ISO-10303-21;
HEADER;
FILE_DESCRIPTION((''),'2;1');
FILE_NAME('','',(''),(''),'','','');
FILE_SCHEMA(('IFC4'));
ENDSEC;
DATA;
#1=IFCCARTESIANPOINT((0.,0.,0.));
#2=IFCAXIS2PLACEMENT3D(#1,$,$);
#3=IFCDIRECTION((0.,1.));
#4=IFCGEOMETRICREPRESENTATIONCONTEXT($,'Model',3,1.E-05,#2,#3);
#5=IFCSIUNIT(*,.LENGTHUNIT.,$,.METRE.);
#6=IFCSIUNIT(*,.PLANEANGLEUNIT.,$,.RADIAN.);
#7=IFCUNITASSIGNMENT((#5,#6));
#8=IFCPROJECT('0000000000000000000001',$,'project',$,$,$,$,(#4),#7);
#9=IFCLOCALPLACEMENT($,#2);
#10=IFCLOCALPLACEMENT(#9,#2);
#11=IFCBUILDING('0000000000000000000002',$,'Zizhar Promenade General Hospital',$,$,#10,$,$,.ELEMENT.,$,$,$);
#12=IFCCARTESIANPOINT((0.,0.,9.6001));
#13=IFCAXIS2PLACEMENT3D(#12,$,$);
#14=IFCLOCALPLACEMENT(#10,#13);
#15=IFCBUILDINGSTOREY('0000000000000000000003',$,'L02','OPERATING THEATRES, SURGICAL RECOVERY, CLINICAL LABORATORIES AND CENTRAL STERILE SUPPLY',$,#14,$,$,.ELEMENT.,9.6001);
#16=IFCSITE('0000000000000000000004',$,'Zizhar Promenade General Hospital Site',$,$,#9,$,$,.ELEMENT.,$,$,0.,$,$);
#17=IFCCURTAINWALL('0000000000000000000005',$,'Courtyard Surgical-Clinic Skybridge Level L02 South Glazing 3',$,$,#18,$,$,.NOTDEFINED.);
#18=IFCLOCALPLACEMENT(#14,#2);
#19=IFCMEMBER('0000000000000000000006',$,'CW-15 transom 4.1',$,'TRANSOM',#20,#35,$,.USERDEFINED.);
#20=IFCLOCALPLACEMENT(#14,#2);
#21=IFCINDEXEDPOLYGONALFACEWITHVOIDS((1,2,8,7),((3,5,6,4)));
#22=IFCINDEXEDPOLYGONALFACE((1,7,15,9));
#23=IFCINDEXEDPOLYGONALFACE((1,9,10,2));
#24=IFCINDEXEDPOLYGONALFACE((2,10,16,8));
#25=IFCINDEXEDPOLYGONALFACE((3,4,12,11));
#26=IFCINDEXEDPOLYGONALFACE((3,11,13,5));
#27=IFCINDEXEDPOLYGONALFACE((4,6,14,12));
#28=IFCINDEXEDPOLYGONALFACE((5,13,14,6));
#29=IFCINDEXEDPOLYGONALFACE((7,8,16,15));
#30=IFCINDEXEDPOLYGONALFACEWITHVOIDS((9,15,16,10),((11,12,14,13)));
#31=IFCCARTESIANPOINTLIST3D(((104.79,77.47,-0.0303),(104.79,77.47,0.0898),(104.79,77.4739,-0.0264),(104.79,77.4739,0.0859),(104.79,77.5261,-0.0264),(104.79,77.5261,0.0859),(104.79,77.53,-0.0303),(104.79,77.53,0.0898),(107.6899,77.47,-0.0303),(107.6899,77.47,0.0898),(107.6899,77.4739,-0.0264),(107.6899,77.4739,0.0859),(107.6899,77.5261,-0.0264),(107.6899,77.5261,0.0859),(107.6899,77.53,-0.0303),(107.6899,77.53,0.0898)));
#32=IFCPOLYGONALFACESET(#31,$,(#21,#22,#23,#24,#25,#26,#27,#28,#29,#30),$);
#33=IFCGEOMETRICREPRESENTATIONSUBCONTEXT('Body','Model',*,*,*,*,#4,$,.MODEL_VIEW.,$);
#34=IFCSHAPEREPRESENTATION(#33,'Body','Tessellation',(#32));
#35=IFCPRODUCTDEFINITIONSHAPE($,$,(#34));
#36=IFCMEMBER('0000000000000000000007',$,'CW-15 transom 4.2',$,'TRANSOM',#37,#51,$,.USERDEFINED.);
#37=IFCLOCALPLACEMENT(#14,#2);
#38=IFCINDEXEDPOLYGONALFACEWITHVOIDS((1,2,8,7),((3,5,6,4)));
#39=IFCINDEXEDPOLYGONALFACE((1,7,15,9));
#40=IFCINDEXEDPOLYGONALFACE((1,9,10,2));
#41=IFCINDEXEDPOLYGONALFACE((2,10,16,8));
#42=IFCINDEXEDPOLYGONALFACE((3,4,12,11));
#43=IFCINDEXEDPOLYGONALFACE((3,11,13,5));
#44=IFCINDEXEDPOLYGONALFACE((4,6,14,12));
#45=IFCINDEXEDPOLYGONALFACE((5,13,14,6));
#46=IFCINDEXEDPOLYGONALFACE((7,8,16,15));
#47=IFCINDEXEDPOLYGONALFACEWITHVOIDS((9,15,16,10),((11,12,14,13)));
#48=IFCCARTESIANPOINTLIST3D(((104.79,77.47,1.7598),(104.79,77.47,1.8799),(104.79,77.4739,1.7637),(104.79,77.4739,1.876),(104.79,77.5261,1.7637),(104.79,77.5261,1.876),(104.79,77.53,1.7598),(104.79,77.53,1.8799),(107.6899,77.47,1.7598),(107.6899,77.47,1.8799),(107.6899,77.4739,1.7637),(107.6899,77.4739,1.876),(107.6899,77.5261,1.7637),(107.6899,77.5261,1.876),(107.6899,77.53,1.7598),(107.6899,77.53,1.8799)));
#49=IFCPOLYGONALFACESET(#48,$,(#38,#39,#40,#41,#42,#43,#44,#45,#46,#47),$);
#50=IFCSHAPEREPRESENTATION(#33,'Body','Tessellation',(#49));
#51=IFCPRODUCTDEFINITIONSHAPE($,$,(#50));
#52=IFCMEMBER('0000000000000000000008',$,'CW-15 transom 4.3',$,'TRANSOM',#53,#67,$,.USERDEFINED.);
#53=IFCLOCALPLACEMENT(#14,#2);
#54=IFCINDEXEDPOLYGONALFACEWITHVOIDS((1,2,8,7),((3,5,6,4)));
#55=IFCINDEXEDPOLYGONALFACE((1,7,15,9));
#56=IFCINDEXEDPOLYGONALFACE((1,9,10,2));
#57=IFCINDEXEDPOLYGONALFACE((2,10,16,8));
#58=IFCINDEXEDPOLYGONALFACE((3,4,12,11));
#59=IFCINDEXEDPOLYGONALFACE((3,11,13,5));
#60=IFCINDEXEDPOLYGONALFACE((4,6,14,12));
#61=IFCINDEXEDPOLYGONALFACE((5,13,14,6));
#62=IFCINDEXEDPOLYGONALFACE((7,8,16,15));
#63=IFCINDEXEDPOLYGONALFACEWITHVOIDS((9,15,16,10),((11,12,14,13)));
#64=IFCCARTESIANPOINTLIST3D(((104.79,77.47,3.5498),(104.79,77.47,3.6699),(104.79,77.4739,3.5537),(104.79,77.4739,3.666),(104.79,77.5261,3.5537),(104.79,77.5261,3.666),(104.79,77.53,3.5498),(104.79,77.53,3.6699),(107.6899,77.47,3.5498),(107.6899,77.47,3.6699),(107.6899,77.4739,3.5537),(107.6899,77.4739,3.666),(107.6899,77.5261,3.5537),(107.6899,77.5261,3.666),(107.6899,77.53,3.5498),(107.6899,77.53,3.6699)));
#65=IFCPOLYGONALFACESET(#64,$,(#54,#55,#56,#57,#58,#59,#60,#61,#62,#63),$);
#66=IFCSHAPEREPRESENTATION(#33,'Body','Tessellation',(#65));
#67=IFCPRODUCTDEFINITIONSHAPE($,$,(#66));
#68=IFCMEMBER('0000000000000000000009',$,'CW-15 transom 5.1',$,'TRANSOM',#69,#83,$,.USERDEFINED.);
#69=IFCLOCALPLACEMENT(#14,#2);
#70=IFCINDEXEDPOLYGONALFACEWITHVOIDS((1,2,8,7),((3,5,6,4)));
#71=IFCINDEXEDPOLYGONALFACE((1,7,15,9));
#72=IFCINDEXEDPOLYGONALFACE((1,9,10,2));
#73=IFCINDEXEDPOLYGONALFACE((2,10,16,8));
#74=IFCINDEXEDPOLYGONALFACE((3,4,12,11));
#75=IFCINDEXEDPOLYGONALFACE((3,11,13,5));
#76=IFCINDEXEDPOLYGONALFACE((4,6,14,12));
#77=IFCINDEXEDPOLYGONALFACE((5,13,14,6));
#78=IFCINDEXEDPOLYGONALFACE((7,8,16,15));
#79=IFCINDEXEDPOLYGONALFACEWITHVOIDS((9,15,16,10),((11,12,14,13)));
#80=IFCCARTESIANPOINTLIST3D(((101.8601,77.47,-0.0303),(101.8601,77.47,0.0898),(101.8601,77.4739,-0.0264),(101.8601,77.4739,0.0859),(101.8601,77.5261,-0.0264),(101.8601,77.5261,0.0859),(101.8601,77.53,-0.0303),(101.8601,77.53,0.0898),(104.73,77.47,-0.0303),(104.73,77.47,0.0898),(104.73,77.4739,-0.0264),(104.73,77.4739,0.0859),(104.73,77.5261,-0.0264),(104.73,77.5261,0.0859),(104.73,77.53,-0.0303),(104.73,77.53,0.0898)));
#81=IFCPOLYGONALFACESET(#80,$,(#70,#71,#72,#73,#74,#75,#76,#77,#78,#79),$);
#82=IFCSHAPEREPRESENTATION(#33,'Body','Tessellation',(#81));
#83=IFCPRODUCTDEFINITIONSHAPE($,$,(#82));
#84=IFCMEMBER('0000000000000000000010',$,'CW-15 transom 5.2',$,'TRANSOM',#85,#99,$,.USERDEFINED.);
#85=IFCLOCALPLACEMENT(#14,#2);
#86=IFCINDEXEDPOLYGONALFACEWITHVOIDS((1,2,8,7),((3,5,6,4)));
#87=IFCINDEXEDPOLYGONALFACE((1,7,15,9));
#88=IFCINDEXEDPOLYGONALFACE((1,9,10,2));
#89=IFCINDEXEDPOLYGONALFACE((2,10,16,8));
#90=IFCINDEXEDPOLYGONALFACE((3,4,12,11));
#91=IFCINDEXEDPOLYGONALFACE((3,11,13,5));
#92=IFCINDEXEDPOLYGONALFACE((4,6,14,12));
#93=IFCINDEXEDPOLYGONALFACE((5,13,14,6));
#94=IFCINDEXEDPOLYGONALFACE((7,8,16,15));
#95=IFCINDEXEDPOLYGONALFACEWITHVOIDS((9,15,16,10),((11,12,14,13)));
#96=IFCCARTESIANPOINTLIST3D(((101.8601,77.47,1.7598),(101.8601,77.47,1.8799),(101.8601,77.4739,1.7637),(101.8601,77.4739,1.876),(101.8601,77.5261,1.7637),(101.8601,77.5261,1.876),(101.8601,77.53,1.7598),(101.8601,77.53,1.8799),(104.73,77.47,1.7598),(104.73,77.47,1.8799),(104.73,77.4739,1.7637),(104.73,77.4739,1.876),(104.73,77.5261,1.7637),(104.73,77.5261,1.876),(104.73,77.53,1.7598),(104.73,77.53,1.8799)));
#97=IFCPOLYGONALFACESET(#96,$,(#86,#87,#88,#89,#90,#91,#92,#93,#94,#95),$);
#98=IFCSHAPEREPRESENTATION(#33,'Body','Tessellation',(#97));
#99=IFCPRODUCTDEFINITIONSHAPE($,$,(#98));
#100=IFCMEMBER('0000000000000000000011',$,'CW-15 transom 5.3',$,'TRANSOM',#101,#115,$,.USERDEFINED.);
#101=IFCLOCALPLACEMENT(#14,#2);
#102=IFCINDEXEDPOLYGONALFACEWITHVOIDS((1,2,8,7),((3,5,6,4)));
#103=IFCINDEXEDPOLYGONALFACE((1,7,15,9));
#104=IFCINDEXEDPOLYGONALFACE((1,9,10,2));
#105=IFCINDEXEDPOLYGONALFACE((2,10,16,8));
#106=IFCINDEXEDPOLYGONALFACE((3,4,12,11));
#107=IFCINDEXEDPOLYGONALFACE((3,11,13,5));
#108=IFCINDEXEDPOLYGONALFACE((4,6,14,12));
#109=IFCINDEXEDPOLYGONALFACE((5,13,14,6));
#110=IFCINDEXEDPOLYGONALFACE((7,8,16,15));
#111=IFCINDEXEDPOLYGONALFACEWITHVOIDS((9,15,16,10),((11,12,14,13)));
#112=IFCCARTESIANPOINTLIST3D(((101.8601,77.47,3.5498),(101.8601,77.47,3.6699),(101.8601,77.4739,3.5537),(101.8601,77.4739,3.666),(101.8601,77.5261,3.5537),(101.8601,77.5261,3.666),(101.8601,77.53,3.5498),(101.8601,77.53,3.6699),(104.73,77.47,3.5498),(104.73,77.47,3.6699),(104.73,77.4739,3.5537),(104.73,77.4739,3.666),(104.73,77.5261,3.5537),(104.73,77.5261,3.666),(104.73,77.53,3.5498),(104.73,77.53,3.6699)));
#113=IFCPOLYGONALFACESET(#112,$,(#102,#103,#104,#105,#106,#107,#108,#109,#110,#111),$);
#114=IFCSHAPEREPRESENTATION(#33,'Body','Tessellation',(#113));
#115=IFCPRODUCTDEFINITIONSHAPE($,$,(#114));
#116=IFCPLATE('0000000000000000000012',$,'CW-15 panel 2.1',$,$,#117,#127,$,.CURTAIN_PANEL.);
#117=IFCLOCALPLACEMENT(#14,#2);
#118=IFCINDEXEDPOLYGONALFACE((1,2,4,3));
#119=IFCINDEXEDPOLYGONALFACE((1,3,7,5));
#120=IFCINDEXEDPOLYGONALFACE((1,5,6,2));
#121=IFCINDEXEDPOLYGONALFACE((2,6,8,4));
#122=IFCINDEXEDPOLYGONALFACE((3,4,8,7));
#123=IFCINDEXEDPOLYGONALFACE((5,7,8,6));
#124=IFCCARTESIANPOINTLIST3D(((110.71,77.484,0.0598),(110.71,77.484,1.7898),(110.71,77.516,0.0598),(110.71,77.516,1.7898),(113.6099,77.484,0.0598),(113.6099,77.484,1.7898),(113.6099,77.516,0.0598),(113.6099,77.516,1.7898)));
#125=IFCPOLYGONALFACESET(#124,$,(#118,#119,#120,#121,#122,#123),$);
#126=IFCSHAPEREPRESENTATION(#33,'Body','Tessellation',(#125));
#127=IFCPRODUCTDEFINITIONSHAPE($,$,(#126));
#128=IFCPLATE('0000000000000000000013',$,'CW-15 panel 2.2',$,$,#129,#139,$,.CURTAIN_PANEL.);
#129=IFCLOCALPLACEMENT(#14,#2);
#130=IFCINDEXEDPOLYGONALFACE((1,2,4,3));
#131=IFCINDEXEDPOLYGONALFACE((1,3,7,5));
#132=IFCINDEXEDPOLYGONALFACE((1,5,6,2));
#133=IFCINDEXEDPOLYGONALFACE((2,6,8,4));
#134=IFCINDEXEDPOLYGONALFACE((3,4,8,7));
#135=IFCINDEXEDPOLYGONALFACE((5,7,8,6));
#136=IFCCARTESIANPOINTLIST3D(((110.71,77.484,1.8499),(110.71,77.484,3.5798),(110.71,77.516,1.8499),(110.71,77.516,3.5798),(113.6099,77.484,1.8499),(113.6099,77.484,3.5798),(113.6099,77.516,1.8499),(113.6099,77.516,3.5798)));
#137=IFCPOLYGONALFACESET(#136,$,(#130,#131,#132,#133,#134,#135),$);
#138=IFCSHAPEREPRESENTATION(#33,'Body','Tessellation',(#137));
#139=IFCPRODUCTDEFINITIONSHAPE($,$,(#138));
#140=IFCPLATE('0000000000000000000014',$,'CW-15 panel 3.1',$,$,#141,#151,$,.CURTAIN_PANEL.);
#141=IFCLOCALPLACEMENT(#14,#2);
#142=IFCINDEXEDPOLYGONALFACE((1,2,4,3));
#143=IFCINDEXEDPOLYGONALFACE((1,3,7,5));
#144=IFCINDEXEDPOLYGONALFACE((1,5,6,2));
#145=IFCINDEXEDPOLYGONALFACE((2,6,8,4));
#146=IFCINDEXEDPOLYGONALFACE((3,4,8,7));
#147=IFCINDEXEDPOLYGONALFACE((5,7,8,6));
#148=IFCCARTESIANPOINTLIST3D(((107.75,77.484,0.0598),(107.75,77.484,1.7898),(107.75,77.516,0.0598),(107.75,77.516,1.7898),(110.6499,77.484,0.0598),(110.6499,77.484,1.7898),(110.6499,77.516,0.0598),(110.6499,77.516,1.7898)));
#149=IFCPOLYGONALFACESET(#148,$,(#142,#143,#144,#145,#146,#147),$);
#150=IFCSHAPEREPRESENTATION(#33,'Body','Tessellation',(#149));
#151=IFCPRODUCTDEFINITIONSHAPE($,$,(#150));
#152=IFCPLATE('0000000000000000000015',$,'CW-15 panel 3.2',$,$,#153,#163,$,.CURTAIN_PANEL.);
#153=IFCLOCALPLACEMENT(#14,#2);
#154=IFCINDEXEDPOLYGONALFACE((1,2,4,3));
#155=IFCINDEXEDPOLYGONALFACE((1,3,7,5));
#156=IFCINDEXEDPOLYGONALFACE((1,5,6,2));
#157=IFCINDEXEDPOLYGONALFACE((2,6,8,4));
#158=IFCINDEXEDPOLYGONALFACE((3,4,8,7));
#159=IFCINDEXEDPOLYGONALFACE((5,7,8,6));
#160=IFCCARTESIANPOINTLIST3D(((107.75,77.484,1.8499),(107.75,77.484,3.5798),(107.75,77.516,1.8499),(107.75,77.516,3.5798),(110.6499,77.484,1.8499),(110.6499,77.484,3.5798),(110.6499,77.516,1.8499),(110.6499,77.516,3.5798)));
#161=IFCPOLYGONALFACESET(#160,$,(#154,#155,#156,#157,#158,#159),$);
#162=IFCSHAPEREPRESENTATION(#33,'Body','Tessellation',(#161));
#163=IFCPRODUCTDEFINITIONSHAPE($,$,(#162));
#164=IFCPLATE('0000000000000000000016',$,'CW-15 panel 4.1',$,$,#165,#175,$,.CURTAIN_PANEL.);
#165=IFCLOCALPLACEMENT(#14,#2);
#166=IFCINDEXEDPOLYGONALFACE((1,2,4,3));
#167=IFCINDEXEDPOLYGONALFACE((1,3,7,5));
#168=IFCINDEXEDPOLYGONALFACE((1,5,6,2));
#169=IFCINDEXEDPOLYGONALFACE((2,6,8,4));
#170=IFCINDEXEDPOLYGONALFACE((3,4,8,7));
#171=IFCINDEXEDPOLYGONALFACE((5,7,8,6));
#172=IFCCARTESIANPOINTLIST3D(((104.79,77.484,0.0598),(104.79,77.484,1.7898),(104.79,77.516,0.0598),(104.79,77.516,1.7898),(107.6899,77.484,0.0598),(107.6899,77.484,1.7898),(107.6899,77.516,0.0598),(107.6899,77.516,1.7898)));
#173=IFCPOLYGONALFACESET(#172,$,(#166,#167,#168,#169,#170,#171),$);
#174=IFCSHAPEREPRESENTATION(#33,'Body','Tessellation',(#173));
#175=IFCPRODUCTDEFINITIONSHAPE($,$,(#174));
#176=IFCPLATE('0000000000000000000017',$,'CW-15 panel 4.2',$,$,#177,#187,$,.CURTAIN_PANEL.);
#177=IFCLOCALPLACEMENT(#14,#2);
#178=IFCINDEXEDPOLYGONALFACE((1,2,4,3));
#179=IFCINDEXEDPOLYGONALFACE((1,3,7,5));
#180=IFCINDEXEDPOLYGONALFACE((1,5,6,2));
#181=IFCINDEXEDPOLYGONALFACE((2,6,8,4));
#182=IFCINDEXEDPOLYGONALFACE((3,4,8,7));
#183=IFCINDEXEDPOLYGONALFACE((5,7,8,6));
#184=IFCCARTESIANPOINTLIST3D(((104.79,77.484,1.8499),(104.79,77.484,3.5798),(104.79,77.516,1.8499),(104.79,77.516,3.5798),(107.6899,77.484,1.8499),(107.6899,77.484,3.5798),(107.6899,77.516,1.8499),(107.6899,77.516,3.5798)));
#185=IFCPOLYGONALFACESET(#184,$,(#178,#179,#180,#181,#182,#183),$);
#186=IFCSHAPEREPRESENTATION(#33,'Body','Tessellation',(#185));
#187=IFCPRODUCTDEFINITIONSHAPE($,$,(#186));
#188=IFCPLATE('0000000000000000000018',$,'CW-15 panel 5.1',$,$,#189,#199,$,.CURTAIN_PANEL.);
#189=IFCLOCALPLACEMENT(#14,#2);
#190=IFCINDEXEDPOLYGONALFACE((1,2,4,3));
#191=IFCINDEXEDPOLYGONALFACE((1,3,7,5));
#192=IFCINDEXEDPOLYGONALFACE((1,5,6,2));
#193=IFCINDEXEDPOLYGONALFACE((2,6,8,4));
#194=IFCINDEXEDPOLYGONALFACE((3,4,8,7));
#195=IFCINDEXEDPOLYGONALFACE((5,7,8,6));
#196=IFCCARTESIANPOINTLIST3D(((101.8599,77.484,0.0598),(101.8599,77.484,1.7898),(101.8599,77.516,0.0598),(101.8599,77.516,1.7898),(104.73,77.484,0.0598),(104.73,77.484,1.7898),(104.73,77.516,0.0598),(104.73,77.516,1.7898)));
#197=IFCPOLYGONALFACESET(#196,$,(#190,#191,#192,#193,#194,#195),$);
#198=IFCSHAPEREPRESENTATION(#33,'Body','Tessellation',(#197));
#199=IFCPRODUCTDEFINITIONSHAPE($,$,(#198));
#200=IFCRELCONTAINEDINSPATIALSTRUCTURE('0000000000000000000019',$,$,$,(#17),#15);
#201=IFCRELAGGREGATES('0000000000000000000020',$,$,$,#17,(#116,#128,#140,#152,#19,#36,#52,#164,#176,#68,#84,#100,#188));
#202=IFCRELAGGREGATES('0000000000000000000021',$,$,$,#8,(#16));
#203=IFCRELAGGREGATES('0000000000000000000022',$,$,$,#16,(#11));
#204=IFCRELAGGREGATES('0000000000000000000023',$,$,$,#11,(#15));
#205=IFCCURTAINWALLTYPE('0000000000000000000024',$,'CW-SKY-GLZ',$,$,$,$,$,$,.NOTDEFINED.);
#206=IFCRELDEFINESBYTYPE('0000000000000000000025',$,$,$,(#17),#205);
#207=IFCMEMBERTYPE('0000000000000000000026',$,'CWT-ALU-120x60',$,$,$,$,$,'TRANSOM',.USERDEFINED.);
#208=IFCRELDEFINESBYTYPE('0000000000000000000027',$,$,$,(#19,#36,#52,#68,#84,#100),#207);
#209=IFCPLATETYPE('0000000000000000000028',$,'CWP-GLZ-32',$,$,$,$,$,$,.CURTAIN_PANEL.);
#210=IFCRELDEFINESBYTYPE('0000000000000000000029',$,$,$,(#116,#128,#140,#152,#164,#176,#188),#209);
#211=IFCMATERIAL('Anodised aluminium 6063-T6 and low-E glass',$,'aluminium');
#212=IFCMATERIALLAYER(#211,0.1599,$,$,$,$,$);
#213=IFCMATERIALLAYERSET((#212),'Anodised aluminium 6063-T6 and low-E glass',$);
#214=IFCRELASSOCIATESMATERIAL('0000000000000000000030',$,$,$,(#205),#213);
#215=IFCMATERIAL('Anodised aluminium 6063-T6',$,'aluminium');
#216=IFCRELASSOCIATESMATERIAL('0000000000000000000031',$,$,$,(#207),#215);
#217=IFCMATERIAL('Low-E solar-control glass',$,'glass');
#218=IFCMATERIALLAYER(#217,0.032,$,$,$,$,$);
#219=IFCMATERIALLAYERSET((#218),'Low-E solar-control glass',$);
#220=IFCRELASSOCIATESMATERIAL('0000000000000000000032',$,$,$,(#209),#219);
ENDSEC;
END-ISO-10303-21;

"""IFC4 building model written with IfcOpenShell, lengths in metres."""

from ifc_helpers import new_model, si_unit, direction, frame, origin, origin_2d, place, context, subcontext, project, spatial, rectangle, hollow_rectangle, extrude, material, layer, layer_set, material_profile, profile_set, type_object, element, aggregate, save


model = new_model("IFC4")

# Units and contexts
model_context = context("Model", 3, precision=1e-05, world=origin(), true_north=direction((0.0, 1.0)))
body_context = subcontext(model_context, "Body", "Model", "MODEL_VIEW")
ifc_project = project(units=[si_unit("LENGTHUNIT", "METRE"), si_unit("PLANEANGLEUNIT", "RADIAN")], contexts=[model_context])

# Site, building, storey
site_placement = place(None, origin())
site = spatial("IfcSite", under=ifc_project, at=site_placement, Name="Zizhar Promenade General Hospital Site", CompositionType="ELEMENT", RefElevation=0.0)
building_placement = place(site_placement, origin())
building = spatial("IfcBuilding", under=site, at=building_placement, Name="Zizhar Promenade General Hospital", CompositionType="ELEMENT")
storey_placement = place(building_placement, frame((0.0, 0.0, 9.6001)))
storey = spatial("IfcBuildingStorey", under=building, at=storey_placement, Name="L02", Description="OPERATING THEATRES, SURGICAL RECOVERY, CLINICAL LABORATORIES AND CENTRAL STERILE SUPPLY", CompositionType="ELEMENT", Elevation=9.6001)

# Shared definitions
ifc_material_1 = material(Name="Anodised aluminium 6063-T6 and low-E glass", Category="aluminium")
ifc_layer_1 = layer(ifc_material_1, 0.1599)
ifc_layer_set_1 = layer_set([ifc_layer_1], Name="Anodised aluminium 6063-T6 and low-E glass")
curtain_wall_type = type_object("IfcCurtainWallType", Name="CW-SKY-GLZ", PredefinedType="NOTDEFINED", material=ifc_layer_set_1)

# Curtain wall, members, plates
curtain_wall_1_placement = place(storey_placement, origin())
curtain_wall_1 = element("IfcCurtainWall", 1, at=curtain_wall_1_placement, inside=storey, type_object=curtain_wall_type, Name="Courtyard Surgical-Clinic Skybridge Level L02 South Glazing 3", PredefinedType="NOTDEFINED")
ifc_material_2 = material(Name="Anodised aluminium 6063-T6", Category="aluminium")
ifc_material_profile_1 = material_profile(ifc_material_2, hollow_rectangle(XDim=0.0601, YDim=0.1201, WallThickness=0.0039, at=origin_2d()))
ifc_profile_set_1 = profile_set([ifc_material_profile_1], Name="Anodised aluminium 6063-T6")
member_type_1 = type_object("IfcMemberType", Name="CWT-ALU-120x60", ElementType="TRANSOM", PredefinedType="USERDEFINED", material=ifc_profile_set_1)
member_1_placement = place(storey_placement, frame((107.6899, 77.5, 0.0298), z_axis=(-1.0, 0.0, 0.0), x_axis=(0.0, -1.0, 0.0)))
member_1 = element("IfcMember", 2, at=member_1_placement, type_object=member_type_1, Name="CW-15 transom 4.1", ObjectType="TRANSOM", PredefinedType="USERDEFINED", context=body_context, shape_type="SweptSolid", body=[
    extrude(hollow_rectangle(XDim=0.0601, YDim=0.1201, WallThickness=0.0039, at=origin_2d()), origin(), (0.0, 0.0, 1.0), 2.8999),
])
member_2_placement = place(storey_placement, frame((107.6899, 77.5, 1.8198), z_axis=(-1.0, 0.0, 0.0), x_axis=(0.0, -1.0, 0.0)))
member_2 = element("IfcMember", 3, at=member_2_placement, type_object=member_type_1, Name="CW-15 transom 4.2", ObjectType="TRANSOM", PredefinedType="USERDEFINED", context=body_context, shape_type="SweptSolid", body=[
    extrude(hollow_rectangle(XDim=0.0601, YDim=0.1201, WallThickness=0.0039, at=origin_2d()), origin(), (0.0, 0.0, 1.0), 2.8999),
])
member_3_placement = place(storey_placement, frame((107.6899, 77.5, 3.6099), z_axis=(-1.0, 0.0, 0.0), x_axis=(0.0, -1.0, 0.0)))
member_3 = element("IfcMember", 4, at=member_3_placement, type_object=member_type_1, Name="CW-15 transom 4.3", ObjectType="TRANSOM", PredefinedType="USERDEFINED", context=body_context, shape_type="SweptSolid", body=[
    extrude(hollow_rectangle(XDim=0.0601, YDim=0.1201, WallThickness=0.0039, at=origin_2d()), origin(), (0.0, 0.0, 1.0), 2.8999),
])
member_4_placement = place(storey_placement, frame((104.73, 77.5, 0.0298), z_axis=(-1.0, 0.0, 0.0), x_axis=(0.0, -1.0, 0.0)))
member_4 = element("IfcMember", 5, at=member_4_placement, type_object=member_type_1, Name="CW-15 transom 5.1", ObjectType="TRANSOM", PredefinedType="USERDEFINED", context=body_context, shape_type="SweptSolid", body=[
    extrude(hollow_rectangle(XDim=0.0601, YDim=0.1201, WallThickness=0.0039, at=origin_2d()), origin(), (0.0, 0.0, 1.0), 2.8699),
])
member_5_placement = place(storey_placement, frame((104.73, 77.5, 1.8198), z_axis=(-1.0, 0.0, 0.0), x_axis=(0.0, -1.0, 0.0)))
member_5 = element("IfcMember", 6, at=member_5_placement, type_object=member_type_1, Name="CW-15 transom 5.2", ObjectType="TRANSOM", PredefinedType="USERDEFINED", context=body_context, shape_type="SweptSolid", body=[
    extrude(hollow_rectangle(XDim=0.0601, YDim=0.1201, WallThickness=0.0039, at=origin_2d()), origin(), (0.0, 0.0, 1.0), 2.8699),
])
member_6_placement = place(storey_placement, frame((104.73, 77.5, 3.6099), z_axis=(-1.0, 0.0, 0.0), x_axis=(0.0, -1.0, 0.0)))
member_6 = element("IfcMember", 7, at=member_6_placement, type_object=member_type_1, Name="CW-15 transom 5.3", ObjectType="TRANSOM", PredefinedType="USERDEFINED", context=body_context, shape_type="SweptSolid", body=[
    extrude(hollow_rectangle(XDim=0.0601, YDim=0.1201, WallThickness=0.0039, at=origin_2d()), origin(), (0.0, 0.0, 1.0), 2.8699),
])
ifc_material_3 = material(Name="Low-E solar-control glass", Category="glass")
ifc_layer_2 = layer(ifc_material_3, 0.032)
ifc_layer_set_2 = layer_set([ifc_layer_2], Name="Low-E solar-control glass")
plate_type = type_object("IfcPlateType", Name="CWP-GLZ-32", PredefinedType="CURTAIN_PANEL", material=ifc_layer_set_2)
plate_1_placement = place(storey_placement, frame((112.1599, 77.5, 0.0598), z_axis=(0.0, 0.0, 1.0), x_axis=(-1.0, 0.0, 0.0)))
plate_1 = element("IfcPlate", 8, at=plate_1_placement, type_object=plate_type, Name="CW-15 panel 2.1", PredefinedType="CURTAIN_PANEL", context=body_context, shape_type="SweptSolid", body=[
    extrude(rectangle(XDim=2.8999, YDim=0.032, at=origin_2d()), origin(), (0.0, 0.0, 1.0), 1.73),
])
plate_2_placement = place(storey_placement, frame((112.1599, 77.5, 1.8499), z_axis=(0.0, 0.0, 1.0), x_axis=(-1.0, 0.0, 0.0)))
plate_2 = element("IfcPlate", 9, at=plate_2_placement, type_object=plate_type, Name="CW-15 panel 2.2", PredefinedType="CURTAIN_PANEL", context=body_context, shape_type="SweptSolid", body=[
    extrude(rectangle(XDim=2.8999, YDim=0.032, at=origin_2d()), origin(), (0.0, 0.0, 1.0), 1.73),
])
plate_3_placement = place(storey_placement, frame((109.2, 77.5, 0.0598), z_axis=(0.0, 0.0, 1.0), x_axis=(-1.0, 0.0, 0.0)))
plate_3 = element("IfcPlate", 10, at=plate_3_placement, type_object=plate_type, Name="CW-15 panel 3.1", PredefinedType="CURTAIN_PANEL", context=body_context, shape_type="SweptSolid", body=[
    extrude(rectangle(XDim=2.8999, YDim=0.032, at=origin_2d()), origin(), (0.0, 0.0, 1.0), 1.73),
])
plate_4_placement = place(storey_placement, frame((109.2, 77.5, 1.8499), z_axis=(0.0, 0.0, 1.0), x_axis=(-1.0, 0.0, 0.0)))
plate_4 = element("IfcPlate", 11, at=plate_4_placement, type_object=plate_type, Name="CW-15 panel 3.2", PredefinedType="CURTAIN_PANEL", context=body_context, shape_type="SweptSolid", body=[
    extrude(rectangle(XDim=2.8999, YDim=0.032, at=origin_2d()), origin(), (0.0, 0.0, 1.0), 1.73),
])
plate_5_placement = place(storey_placement, frame((106.24, 77.5, 0.0598), z_axis=(0.0, 0.0, 1.0), x_axis=(-1.0, 0.0, 0.0)))
plate_5 = element("IfcPlate", 12, at=plate_5_placement, type_object=plate_type, Name="CW-15 panel 4.1", PredefinedType="CURTAIN_PANEL", context=body_context, shape_type="SweptSolid", body=[
    extrude(rectangle(XDim=2.8999, YDim=0.032, at=origin_2d()), origin(), (0.0, 0.0, 1.0), 1.73),
])
plate_6_placement = place(storey_placement, frame((106.24, 77.5, 1.8499), z_axis=(0.0, 0.0, 1.0), x_axis=(-1.0, 0.0, 0.0)))
plate_6 = element("IfcPlate", 13, at=plate_6_placement, type_object=plate_type, Name="CW-15 panel 4.2", PredefinedType="CURTAIN_PANEL", context=body_context, shape_type="SweptSolid", body=[
    extrude(rectangle(XDim=2.8999, YDim=0.032, at=origin_2d()), origin(), (0.0, 0.0, 1.0), 1.73),
])
plate_7_placement = place(storey_placement, frame((103.2949, 77.5, 0.0598), z_axis=(0.0, 0.0, 1.0), x_axis=(-1.0, 0.0, 0.0)))
plate_7 = element("IfcPlate", 14, at=plate_7_placement, type_object=plate_type, Name="CW-15 panel 5.1", PredefinedType="CURTAIN_PANEL", context=body_context, shape_type="SweptSolid", body=[
    extrude(rectangle(XDim=2.8701, YDim=0.032, at=origin_2d()), origin(), (0.0, 0.0, 1.0), 1.73),
])
aggregate(curtain_wall_1, [plate_1, plate_2, plate_3, plate_4, member_1, member_2, member_3, plate_5, plate_6, member_4, member_5, member_6, plate_7])

save(model, "model.ifc")
